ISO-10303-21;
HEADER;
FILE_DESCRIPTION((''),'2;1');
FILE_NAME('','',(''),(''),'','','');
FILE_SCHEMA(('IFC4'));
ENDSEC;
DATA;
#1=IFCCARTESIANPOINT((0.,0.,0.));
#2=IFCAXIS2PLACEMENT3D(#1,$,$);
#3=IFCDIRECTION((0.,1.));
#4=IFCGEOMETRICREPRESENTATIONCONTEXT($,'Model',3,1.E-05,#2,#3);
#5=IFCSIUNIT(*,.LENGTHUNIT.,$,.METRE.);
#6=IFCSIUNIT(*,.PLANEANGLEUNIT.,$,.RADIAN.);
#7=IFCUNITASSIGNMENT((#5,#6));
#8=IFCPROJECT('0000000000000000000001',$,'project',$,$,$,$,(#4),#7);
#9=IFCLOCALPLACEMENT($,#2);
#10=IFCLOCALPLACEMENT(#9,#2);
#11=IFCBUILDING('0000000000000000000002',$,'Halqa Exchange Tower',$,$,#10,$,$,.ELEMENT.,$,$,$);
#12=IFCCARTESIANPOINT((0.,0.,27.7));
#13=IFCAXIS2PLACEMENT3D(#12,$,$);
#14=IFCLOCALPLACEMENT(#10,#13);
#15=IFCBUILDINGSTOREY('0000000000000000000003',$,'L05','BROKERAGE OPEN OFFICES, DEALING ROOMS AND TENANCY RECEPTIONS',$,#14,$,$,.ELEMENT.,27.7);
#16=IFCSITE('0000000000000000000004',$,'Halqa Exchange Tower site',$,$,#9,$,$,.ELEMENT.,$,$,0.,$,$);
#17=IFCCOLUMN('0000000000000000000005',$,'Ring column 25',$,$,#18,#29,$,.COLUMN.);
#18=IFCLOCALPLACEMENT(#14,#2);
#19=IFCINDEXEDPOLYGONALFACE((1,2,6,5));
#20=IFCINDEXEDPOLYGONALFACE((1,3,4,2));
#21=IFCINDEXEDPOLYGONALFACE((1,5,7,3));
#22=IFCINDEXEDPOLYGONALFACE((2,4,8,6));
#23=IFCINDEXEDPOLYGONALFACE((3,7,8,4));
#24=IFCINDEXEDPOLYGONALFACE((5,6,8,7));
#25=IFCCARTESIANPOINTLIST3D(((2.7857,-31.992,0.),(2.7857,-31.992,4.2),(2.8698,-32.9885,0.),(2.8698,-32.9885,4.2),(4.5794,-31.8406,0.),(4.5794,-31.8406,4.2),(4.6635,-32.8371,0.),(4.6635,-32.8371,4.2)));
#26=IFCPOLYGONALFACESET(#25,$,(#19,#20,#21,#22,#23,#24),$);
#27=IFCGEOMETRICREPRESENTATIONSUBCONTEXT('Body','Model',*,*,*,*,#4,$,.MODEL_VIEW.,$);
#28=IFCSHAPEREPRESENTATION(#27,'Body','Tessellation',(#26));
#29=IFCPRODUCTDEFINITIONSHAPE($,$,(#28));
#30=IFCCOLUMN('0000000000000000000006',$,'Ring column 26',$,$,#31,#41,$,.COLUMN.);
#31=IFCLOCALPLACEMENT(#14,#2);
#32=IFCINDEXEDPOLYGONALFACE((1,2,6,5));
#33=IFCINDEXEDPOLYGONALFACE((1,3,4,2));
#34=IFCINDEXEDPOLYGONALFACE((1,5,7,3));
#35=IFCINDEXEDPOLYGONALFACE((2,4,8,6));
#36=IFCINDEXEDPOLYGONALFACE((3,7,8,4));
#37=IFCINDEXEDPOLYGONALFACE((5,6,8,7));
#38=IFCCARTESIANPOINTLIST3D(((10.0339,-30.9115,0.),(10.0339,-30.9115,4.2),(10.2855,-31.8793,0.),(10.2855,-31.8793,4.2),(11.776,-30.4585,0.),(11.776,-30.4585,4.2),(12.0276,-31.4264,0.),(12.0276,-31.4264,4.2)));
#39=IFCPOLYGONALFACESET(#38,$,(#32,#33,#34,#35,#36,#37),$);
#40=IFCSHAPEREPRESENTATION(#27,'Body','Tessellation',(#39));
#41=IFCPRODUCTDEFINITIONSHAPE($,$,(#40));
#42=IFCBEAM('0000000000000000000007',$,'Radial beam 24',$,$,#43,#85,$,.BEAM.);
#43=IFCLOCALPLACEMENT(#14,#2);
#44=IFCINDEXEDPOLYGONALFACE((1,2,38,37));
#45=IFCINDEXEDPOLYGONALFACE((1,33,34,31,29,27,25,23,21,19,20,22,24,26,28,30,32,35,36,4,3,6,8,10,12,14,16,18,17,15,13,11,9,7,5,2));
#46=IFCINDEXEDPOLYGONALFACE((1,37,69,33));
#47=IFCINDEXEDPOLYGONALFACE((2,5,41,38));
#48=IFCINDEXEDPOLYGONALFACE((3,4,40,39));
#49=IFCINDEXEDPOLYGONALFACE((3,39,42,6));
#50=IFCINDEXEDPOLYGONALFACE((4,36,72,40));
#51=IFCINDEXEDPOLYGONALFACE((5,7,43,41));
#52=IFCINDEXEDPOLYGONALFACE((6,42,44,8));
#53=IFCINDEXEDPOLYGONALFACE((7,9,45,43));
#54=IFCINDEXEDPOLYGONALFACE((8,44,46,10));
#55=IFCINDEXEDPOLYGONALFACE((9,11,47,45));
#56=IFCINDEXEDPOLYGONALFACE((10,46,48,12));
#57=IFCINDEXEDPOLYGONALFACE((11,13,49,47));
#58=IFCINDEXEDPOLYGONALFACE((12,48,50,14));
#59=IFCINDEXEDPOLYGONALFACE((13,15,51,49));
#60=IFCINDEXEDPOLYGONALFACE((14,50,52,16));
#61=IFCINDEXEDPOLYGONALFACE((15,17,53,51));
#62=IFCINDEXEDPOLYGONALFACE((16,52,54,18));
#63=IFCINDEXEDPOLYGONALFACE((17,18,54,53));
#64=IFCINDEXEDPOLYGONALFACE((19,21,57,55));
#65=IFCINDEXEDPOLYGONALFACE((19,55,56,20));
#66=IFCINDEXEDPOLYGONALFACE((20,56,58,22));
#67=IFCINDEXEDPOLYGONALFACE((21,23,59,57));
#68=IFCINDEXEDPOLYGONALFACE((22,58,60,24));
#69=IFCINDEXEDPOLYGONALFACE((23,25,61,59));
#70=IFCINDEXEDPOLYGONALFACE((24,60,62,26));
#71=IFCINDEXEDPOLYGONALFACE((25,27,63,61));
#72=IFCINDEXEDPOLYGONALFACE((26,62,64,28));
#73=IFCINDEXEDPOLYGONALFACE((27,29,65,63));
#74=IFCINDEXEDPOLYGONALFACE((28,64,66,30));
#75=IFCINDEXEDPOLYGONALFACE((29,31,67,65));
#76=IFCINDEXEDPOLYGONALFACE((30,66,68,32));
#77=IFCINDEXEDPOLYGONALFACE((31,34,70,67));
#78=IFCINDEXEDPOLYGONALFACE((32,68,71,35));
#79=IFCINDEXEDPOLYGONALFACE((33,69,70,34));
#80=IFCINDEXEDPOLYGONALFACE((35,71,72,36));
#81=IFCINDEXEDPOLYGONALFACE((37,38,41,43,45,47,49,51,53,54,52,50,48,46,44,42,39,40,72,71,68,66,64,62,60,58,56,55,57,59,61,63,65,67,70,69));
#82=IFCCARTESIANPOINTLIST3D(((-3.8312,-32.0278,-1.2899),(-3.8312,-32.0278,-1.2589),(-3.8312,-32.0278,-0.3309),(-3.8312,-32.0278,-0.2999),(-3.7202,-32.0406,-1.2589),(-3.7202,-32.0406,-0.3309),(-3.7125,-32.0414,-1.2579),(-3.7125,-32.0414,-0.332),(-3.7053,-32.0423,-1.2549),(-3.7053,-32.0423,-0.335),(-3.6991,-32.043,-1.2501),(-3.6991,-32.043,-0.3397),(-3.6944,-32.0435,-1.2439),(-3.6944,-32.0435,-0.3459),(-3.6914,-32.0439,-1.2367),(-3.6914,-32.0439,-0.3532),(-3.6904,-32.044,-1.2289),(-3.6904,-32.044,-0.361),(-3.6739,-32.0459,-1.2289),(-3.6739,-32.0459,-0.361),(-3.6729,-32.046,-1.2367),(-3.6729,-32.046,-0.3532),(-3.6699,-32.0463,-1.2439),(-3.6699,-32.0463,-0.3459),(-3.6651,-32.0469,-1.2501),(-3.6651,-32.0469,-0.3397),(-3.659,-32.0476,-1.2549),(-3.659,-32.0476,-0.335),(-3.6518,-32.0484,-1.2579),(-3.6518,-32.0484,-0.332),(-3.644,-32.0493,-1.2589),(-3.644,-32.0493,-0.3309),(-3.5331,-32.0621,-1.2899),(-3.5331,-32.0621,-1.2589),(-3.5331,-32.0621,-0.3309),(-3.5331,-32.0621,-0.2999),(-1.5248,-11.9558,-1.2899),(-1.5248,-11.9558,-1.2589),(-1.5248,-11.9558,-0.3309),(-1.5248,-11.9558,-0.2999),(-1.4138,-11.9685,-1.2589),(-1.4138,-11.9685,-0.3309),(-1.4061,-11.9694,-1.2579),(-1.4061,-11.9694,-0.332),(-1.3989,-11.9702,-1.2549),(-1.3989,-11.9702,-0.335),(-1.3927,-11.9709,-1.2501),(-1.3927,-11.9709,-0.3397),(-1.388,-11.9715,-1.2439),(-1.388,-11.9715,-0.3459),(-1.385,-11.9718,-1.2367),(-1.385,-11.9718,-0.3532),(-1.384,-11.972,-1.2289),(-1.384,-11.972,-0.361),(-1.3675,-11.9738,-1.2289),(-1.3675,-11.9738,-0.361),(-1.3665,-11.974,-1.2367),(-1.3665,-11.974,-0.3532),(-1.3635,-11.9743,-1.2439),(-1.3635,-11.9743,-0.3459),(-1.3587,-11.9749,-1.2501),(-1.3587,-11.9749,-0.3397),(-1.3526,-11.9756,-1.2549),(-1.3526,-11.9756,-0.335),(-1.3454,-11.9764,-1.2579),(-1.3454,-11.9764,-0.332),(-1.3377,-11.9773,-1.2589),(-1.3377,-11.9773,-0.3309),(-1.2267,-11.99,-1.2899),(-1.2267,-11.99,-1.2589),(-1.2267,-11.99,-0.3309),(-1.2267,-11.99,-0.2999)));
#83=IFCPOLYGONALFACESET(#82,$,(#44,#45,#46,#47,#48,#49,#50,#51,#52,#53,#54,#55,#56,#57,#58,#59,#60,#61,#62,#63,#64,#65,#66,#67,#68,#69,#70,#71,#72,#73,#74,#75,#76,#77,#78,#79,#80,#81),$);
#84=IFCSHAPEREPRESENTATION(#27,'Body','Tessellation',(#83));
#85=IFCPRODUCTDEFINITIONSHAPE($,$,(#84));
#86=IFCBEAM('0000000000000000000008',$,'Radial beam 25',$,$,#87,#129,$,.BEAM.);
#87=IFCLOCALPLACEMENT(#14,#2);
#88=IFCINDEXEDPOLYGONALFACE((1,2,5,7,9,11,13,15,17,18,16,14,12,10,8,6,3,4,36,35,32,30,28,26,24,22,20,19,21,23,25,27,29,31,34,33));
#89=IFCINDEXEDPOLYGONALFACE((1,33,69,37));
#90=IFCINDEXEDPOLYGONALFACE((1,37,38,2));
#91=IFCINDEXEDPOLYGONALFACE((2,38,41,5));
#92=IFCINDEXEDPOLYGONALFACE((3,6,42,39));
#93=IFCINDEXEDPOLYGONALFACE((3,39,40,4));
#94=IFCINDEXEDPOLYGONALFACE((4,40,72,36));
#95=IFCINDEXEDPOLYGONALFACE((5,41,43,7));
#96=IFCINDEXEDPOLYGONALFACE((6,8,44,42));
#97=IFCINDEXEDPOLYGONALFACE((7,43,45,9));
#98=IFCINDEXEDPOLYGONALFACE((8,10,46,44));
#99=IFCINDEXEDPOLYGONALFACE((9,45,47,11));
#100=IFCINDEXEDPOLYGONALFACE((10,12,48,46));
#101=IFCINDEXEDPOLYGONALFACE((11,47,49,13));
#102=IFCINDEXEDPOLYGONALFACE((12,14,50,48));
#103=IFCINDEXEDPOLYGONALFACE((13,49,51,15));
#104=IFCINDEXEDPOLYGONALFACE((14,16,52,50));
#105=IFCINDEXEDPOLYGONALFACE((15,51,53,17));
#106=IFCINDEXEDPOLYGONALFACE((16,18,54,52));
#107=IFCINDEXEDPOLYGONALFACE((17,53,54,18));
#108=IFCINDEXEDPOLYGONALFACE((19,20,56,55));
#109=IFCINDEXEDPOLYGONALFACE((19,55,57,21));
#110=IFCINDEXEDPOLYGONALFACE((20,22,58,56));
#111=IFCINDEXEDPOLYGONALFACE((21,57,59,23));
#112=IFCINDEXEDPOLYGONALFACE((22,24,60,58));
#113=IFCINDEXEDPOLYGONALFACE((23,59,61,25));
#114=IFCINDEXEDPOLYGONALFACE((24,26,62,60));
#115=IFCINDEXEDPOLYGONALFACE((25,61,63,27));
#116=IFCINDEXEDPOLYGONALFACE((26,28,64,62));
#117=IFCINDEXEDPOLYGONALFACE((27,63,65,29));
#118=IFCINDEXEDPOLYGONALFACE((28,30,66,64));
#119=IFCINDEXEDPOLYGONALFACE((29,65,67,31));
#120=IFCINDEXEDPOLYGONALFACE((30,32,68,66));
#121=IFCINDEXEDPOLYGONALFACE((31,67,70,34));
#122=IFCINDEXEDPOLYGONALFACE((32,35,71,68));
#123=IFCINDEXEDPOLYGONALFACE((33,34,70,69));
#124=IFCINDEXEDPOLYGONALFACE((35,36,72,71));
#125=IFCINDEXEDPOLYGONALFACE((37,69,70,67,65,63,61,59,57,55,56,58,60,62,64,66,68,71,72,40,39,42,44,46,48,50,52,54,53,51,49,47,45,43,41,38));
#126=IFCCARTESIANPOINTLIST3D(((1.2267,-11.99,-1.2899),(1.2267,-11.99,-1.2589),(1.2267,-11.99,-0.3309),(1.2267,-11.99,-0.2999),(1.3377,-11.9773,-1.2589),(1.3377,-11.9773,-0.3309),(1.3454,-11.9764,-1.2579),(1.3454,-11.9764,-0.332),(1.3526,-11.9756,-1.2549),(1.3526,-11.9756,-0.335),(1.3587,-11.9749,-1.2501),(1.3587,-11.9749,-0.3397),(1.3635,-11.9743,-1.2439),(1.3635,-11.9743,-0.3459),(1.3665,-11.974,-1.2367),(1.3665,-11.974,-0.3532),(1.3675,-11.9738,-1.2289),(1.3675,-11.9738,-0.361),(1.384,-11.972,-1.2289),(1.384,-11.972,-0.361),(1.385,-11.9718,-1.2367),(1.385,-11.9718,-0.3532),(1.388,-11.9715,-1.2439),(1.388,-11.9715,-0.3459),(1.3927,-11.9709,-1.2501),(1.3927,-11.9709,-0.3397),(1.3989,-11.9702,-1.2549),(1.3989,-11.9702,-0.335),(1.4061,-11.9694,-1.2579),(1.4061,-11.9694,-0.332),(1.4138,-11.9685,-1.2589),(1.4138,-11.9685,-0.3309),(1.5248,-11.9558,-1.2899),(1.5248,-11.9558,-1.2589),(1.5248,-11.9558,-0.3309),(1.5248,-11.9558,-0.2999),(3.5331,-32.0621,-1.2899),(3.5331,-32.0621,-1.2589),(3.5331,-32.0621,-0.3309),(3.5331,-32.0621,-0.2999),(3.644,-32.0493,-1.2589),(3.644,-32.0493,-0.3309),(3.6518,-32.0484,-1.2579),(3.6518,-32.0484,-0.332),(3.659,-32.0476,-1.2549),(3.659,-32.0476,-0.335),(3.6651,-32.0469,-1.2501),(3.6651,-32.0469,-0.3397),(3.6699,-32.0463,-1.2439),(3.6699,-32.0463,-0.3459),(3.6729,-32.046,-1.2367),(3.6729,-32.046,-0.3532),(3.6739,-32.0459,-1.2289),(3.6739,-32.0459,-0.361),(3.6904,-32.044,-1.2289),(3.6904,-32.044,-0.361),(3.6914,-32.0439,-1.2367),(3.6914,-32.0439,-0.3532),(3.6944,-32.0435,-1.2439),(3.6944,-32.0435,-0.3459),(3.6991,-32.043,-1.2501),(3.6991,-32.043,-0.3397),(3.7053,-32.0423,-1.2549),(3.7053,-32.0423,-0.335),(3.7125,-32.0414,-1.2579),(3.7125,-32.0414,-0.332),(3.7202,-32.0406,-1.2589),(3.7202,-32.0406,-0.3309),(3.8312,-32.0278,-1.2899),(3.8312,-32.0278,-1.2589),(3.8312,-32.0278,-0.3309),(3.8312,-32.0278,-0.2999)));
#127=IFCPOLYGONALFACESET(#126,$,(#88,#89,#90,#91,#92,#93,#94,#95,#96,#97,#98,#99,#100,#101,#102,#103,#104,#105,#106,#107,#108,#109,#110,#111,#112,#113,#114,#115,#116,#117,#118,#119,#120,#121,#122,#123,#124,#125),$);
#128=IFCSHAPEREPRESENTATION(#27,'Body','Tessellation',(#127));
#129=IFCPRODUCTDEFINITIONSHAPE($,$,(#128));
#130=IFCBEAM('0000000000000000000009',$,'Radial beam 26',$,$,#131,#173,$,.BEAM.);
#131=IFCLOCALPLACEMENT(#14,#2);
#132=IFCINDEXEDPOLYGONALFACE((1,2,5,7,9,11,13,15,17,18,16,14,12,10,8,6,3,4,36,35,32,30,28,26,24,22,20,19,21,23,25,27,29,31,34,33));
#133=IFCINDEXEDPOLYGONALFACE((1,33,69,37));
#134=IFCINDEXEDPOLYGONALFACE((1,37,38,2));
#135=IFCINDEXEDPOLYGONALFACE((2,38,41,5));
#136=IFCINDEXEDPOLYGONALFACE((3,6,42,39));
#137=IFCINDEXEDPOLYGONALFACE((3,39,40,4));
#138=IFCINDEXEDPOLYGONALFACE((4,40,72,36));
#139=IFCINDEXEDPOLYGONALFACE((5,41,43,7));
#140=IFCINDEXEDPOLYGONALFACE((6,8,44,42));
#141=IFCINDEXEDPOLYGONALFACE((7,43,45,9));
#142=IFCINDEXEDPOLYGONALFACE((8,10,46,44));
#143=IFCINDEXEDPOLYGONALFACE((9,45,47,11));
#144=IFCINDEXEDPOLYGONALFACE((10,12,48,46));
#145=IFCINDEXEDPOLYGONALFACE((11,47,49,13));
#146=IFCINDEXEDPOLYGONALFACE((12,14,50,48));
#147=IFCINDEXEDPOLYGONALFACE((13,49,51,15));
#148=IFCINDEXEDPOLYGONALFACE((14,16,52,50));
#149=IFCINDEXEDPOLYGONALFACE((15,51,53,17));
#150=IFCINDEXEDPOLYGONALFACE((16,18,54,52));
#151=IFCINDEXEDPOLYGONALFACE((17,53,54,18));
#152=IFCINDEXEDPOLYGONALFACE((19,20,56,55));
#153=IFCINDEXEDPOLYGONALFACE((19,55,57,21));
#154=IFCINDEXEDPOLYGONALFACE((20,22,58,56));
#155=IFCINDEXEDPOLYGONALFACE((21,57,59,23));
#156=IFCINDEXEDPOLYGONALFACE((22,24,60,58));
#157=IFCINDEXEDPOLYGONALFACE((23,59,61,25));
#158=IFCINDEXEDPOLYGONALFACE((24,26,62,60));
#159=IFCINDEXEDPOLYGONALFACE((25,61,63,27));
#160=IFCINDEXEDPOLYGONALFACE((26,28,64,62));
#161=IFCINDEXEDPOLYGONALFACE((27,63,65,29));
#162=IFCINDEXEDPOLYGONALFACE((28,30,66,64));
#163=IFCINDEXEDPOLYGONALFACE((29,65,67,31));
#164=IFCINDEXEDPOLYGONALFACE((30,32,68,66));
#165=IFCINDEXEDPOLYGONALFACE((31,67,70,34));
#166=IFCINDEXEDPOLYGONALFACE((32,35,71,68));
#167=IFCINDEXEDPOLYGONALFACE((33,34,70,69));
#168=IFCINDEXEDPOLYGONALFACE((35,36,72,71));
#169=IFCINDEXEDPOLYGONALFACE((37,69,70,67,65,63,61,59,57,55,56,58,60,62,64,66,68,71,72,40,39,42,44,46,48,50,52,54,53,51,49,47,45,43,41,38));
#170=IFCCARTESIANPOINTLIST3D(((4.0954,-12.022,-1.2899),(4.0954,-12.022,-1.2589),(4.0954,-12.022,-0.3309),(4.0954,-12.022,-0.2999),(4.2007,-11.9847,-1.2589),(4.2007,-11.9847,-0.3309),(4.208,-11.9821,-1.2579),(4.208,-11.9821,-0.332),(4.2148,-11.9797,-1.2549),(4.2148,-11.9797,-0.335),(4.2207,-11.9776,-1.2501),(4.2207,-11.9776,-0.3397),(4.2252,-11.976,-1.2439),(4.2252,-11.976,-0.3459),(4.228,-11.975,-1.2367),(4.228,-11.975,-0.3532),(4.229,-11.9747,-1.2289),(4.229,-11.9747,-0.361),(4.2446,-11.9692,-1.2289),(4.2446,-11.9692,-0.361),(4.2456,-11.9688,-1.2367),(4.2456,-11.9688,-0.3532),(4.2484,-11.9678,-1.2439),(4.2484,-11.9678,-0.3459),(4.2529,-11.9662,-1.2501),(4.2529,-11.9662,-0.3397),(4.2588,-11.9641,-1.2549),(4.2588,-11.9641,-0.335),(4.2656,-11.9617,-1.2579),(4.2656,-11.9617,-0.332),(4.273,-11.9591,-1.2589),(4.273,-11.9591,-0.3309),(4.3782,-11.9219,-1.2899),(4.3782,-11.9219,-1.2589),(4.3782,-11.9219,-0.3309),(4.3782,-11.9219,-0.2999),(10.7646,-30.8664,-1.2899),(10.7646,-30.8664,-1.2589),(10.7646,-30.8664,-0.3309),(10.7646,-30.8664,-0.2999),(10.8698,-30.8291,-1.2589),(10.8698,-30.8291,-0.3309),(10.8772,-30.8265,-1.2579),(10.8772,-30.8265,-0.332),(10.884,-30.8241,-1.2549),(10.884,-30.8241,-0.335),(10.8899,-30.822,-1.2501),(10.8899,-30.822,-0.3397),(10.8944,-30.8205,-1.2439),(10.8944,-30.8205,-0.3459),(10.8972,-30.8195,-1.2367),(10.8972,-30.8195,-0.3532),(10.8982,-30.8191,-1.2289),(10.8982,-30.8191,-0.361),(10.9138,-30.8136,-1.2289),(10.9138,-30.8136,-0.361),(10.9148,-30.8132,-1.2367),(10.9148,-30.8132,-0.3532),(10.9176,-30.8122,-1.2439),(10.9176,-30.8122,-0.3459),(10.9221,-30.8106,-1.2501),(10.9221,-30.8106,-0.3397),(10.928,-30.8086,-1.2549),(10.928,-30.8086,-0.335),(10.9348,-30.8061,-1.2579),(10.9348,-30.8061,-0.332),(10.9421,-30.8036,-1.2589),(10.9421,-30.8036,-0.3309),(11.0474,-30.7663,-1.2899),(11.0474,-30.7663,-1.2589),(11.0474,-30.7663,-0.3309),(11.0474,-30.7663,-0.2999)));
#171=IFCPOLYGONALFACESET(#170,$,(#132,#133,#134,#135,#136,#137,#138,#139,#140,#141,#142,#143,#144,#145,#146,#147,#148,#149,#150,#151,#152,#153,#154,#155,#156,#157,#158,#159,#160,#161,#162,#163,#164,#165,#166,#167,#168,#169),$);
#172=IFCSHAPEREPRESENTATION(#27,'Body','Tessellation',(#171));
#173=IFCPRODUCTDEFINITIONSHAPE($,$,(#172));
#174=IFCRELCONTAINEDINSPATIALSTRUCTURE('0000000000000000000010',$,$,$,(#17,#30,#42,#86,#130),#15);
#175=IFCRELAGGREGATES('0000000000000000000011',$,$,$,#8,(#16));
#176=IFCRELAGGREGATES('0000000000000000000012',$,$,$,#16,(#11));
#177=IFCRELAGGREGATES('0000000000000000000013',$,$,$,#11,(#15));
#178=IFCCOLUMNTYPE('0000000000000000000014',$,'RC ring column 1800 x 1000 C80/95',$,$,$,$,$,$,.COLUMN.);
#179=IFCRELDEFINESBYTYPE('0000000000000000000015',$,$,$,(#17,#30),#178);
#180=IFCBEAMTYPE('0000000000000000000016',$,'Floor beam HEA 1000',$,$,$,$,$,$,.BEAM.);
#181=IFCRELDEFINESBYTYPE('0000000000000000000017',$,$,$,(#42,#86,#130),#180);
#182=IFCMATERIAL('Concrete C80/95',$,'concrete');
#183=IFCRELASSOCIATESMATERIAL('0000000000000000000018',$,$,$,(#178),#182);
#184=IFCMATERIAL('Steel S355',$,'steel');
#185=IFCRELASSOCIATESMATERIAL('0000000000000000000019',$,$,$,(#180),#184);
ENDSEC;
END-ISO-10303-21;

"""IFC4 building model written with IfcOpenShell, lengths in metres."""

from ifc_helpers import new_model, si_unit, direction, frame, origin, origin_2d, place, context, subcontext, project, spatial, rectangle, i_section, extrude, material, material_profile, profile_set, type_object, element, save


model = new_model("IFC4")

# Units and contexts
model_context = context("Model", 3, precision=1e-05, world=origin(), true_north=direction((0.0, 1.0)))
body_context = subcontext(model_context, "Body", "Model", "MODEL_VIEW")
ifc_project = project(units=[si_unit("LENGTHUNIT", "METRE"), si_unit("PLANEANGLEUNIT", "RADIAN")], contexts=[model_context])

# Site, building, storey
site_placement = place(None, origin())
site = spatial("IfcSite", under=ifc_project, at=site_placement, Name="Halqa Exchange Tower site", CompositionType="ELEMENT", RefElevation=0.0)
building_placement = place(site_placement, origin())
building = spatial("IfcBuilding", under=site, at=building_placement, Name="Halqa Exchange Tower", CompositionType="ELEMENT")
storey_placement = place(building_placement, frame((0.0, 0.0, 27.7)))
storey = spatial("IfcBuildingStorey", under=building, at=storey_placement, Name="L05", Description="BROKERAGE OPEN OFFICES, DEALING ROOMS AND TENANCY RECEPTIONS", CompositionType="ELEMENT", Elevation=27.7)

# Columns
ifc_material_1 = material(Name="Concrete C80/95", Category="concrete")
ifc_material_profile_1 = material_profile(ifc_material_1, rectangle(XDim=1.8, YDim=1.0, at=origin_2d()), Name="1800 x 1000")
ifc_profile_set_1 = profile_set([ifc_material_profile_1], Name="Concrete C80/95")
column_type = type_object("IfcColumnType", Name="RC ring column 1800 x 1000 C80/95", PredefinedType="COLUMN", material=ifc_profile_set_1)
for number, where, z_axis, x_axis, name in (
    (1, (3.7246, -32.4146, 0.0), (0.0, 0.0, 1.0), (0.996455, 0.084123, 0.0), "Ring column 25"),
    (2, (11.0308, -31.1689, 0.0), (0.0, 0.0, 1.0), (0.967819, 0.251647, 0.0), "Ring column 26"),
):
    element("IfcColumn", number, at=place(storey_placement, frame(where, z_axis=z_axis, x_axis=x_axis)), inside=storey, type_object=column_type, Name=name, PredefinedType="COLUMN", context=body_context, shape_type="SweptSolid", body=[
        extrude(rectangle(XDim=1.8, YDim=1.0, at=origin_2d()), origin(), (0.0, 0.0, 1.0), 4.2),
    ])

# Beams
ifc_material_2 = material(Name="Steel S355", Category="steel")
ifc_material_profile_2 = material_profile(ifc_material_2, i_section(OverallWidth=0.3, OverallDepth=0.99, WebThickness=0.0166, FlangeThickness=0.031, FilletRadius=0.03, at=origin_2d()), Name="HEA 1000")
ifc_profile_set_2 = profile_set([ifc_material_profile_2], Name="Steel S355")
beam_type_1 = type_object("IfcBeamType", Name="Floor beam HEA 1000", PredefinedType="BEAM", material=ifc_profile_set_2)
for number, where, z_axis, x_axis, name in (
    (3, (-1.3757, -11.9729, -0.7949), (-0.114155, -0.993463, 0.0), (0.993463, -0.114155, 0.0), "Radial beam 24"),
    (4, (1.3757, -11.9729, -0.7949), (0.114155, -0.993463, 0.0), (0.993463, 0.114155, 0.0), "Radial beam 25"),
):
    element("IfcBeam", number, at=place(storey_placement, frame(where, z_axis=z_axis, x_axis=x_axis)), inside=storey, type_object=beam_type_1, Name=name, PredefinedType="BEAM", context=body_context, shape_type="SweptSolid", body=[
        extrude(i_section(OverallWidth=0.3, OverallDepth=0.99, WebThickness=0.0166, FlangeThickness=0.031, FilletRadius=0.03, at=origin_2d()), origin(), (0.0, 0.0, 1.0), 20.2041),
    ])
beam_1_placement = place(storey_placement, frame((4.2368, -11.9719, -0.7949), z_axis=(0.333629, -0.942704, 0.0), x_axis=(0.942704, 0.333629, 0.0)))
element("IfcBeam", 5, at=beam_1_placement, inside=storey, type_object=beam_type_1, Name="Radial beam 26", PredefinedType="BEAM", context=body_context, shape_type="SweptSolid", body=[
    extrude(i_section(OverallWidth=0.3, OverallDepth=0.99, WebThickness=0.0166, FlangeThickness=0.031, FilletRadius=0.03, at=origin_2d()), origin(), (0.0, 0.0, 1.0), 19.9897),
])

save(model, "model.ifc")
